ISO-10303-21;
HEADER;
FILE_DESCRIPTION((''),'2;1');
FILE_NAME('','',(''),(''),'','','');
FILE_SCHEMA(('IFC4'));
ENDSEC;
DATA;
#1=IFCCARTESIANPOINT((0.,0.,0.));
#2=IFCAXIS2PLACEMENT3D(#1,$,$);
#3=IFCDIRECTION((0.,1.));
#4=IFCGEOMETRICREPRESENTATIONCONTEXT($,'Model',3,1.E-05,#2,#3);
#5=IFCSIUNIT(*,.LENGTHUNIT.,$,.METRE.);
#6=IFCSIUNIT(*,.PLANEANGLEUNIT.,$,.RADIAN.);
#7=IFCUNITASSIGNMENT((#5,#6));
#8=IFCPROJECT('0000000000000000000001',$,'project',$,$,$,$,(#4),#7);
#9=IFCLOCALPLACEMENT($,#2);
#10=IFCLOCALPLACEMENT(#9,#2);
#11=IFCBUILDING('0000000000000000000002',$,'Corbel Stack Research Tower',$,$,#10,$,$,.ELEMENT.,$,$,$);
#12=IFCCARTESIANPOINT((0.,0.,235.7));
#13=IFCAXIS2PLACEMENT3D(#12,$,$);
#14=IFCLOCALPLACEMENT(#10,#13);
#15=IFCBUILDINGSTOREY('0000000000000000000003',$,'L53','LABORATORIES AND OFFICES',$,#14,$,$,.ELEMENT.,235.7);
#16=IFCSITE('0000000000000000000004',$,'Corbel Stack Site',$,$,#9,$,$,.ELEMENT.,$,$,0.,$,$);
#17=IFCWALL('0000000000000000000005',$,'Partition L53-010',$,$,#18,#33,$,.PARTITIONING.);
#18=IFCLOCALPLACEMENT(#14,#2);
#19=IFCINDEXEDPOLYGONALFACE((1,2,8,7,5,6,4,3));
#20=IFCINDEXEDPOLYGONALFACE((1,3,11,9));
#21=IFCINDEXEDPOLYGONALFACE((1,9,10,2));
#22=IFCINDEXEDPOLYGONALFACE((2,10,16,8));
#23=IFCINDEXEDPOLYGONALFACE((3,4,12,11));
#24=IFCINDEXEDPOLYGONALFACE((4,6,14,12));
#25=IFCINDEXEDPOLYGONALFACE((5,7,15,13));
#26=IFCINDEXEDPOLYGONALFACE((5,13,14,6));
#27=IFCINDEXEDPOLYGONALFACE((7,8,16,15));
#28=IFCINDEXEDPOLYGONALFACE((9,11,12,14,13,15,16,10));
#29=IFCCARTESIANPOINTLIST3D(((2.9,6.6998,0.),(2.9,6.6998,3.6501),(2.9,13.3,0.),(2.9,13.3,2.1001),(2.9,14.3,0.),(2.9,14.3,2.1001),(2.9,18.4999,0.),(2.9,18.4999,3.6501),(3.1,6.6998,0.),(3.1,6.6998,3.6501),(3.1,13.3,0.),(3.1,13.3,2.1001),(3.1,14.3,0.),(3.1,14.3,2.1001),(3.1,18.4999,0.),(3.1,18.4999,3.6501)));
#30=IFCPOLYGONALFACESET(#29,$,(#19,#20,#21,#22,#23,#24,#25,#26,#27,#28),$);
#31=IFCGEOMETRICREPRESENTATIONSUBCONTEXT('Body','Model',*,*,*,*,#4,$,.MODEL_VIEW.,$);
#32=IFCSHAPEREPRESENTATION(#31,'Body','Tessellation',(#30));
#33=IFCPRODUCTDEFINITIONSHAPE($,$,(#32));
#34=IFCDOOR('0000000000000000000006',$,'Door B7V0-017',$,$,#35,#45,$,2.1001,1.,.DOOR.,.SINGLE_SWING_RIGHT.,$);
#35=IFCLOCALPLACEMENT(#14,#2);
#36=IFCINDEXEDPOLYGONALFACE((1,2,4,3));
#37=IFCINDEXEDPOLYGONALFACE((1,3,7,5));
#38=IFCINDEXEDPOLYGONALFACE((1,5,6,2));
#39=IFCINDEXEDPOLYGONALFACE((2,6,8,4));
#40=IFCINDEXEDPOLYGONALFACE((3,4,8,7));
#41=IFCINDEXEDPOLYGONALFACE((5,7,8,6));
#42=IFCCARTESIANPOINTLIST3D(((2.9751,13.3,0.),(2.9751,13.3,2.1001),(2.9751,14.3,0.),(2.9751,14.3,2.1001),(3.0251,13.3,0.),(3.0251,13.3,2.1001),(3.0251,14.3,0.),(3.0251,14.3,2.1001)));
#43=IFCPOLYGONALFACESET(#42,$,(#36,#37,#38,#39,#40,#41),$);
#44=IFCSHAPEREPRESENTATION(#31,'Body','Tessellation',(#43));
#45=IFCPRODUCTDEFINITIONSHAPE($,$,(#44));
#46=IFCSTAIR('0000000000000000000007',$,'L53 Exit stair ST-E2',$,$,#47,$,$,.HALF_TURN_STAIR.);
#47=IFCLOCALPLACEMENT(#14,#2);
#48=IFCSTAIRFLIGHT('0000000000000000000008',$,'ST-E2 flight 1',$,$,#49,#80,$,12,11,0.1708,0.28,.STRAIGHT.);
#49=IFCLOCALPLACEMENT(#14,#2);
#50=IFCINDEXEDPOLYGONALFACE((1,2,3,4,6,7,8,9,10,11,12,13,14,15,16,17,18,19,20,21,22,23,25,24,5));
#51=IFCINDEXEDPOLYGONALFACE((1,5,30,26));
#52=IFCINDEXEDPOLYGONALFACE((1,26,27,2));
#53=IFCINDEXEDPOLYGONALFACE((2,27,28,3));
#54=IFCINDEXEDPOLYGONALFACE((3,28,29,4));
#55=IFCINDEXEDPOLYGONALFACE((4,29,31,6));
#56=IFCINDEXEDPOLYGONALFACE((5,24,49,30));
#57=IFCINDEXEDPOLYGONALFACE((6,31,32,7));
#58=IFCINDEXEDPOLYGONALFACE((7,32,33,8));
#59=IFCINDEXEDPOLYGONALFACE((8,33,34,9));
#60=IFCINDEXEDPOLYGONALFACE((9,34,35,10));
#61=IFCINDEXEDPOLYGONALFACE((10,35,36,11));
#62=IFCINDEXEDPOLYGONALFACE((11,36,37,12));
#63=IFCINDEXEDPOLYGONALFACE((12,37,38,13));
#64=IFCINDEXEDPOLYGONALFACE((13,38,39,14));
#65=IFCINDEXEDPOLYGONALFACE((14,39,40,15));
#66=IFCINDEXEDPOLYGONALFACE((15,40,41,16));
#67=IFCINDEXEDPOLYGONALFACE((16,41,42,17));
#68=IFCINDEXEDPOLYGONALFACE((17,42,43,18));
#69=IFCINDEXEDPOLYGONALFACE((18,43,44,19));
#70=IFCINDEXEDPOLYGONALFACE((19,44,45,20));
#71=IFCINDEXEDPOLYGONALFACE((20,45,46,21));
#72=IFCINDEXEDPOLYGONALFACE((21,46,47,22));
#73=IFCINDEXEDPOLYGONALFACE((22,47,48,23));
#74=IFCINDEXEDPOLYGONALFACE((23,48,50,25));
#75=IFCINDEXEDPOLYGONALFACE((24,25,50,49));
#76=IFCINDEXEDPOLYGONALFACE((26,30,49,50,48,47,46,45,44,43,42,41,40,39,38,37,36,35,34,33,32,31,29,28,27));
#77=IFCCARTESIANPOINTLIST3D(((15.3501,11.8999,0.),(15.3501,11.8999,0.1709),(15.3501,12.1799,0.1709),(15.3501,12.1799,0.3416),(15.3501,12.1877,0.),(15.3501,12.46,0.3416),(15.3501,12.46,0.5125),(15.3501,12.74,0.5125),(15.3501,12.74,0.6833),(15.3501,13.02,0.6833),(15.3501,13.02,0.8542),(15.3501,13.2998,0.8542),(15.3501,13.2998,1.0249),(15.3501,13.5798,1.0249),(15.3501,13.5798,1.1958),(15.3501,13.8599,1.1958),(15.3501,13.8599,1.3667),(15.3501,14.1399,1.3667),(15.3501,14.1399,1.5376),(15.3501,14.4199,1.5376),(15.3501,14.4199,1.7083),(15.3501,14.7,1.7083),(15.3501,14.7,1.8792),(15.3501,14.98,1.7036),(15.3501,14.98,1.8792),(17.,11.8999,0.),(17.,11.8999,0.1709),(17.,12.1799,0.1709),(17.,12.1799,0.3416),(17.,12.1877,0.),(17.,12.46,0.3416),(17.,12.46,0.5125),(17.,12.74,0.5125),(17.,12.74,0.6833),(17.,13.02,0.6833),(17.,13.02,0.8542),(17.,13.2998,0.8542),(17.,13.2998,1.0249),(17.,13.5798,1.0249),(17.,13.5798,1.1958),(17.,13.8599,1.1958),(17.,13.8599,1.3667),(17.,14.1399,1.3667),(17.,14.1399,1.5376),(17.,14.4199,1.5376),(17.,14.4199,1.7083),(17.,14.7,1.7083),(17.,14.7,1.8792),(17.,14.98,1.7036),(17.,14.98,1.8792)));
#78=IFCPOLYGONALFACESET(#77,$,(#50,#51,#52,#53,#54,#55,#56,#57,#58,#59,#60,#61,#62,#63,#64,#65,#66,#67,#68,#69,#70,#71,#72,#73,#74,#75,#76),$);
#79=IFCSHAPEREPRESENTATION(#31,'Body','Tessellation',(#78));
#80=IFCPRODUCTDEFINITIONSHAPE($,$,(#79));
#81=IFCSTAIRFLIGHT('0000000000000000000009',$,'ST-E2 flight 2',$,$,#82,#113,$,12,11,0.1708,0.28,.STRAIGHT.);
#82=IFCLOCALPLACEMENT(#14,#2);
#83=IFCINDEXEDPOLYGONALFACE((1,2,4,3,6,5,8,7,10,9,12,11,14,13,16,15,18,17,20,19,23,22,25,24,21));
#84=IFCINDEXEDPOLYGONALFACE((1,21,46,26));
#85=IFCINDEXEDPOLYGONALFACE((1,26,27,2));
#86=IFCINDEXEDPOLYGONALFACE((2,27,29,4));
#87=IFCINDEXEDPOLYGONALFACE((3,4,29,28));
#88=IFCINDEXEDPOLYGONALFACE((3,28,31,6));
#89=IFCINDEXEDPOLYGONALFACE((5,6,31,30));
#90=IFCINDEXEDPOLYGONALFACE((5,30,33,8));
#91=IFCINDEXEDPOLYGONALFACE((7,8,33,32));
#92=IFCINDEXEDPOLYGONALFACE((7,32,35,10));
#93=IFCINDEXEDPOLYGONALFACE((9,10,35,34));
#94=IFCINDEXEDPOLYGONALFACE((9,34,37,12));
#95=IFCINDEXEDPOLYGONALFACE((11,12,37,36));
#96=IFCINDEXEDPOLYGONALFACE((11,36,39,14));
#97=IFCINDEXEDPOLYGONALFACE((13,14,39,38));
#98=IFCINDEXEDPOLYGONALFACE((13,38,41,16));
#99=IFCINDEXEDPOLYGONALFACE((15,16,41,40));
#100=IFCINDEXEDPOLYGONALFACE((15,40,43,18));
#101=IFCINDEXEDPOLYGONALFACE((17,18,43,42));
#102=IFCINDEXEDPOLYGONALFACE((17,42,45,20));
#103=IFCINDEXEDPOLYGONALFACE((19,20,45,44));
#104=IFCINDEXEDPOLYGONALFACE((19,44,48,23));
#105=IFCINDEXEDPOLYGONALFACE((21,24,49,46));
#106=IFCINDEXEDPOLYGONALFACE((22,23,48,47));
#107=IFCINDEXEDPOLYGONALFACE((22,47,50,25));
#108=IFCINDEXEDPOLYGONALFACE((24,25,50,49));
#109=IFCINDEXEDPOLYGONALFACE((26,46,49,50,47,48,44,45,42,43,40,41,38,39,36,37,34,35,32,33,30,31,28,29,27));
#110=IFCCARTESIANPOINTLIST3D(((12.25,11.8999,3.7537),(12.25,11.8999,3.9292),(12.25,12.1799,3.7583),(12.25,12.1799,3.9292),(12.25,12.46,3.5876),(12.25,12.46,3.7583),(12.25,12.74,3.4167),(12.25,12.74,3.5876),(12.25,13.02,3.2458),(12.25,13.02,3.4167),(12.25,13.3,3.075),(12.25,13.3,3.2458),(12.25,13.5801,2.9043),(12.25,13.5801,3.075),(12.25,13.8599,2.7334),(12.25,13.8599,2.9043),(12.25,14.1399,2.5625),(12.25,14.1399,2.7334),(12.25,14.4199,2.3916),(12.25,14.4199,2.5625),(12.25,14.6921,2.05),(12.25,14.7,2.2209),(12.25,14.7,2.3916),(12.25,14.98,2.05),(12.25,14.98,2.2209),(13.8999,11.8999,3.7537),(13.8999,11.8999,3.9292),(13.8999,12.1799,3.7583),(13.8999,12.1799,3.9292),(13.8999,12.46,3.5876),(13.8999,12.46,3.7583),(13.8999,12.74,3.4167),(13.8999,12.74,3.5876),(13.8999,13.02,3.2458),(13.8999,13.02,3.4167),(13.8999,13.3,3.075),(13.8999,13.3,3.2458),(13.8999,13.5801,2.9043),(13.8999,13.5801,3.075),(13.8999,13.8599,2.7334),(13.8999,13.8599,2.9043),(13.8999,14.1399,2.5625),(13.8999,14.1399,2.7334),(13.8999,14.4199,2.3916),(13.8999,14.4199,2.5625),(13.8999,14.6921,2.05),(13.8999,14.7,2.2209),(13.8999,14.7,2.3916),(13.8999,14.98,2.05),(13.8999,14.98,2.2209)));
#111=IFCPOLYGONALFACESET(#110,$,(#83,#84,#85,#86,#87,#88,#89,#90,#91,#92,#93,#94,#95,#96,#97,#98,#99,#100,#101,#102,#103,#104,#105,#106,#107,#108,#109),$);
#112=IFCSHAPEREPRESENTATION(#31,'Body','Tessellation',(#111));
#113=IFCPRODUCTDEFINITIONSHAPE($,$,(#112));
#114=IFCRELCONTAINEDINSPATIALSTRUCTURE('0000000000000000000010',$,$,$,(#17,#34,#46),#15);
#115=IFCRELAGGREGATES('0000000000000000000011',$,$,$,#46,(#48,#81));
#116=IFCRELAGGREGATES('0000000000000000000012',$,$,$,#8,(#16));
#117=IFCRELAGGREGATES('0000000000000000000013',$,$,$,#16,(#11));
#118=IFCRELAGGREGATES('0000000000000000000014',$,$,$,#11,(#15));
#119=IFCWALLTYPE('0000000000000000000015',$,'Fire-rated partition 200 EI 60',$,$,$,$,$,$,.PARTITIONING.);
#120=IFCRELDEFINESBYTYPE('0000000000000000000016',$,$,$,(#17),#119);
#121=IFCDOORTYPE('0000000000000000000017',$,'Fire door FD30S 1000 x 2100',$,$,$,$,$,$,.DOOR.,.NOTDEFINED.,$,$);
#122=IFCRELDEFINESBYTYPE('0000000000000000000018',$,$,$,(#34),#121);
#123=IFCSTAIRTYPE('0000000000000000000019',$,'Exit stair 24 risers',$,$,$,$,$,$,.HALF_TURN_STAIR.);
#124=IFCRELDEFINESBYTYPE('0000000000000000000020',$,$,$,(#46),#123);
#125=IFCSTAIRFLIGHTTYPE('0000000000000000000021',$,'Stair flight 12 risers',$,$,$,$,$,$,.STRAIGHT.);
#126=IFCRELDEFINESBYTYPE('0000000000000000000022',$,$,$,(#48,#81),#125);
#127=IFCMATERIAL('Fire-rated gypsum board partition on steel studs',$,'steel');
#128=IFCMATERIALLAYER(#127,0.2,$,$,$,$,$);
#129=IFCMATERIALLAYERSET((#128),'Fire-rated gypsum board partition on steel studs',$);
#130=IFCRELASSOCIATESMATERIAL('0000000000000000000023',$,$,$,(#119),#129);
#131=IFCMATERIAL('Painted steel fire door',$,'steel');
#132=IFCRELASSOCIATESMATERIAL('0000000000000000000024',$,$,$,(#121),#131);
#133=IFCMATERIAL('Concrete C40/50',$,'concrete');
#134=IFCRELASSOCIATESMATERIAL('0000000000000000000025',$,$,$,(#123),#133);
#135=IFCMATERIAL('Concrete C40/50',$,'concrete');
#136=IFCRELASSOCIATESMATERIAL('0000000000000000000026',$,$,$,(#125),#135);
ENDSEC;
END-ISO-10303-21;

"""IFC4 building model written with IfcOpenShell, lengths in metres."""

from ifc_helpers import new_model, si_unit, direction, frame, frame_2d, origin, place, context, subcontext, project, spatial, polyline, rectangle, outline, extrude, material, layer, layer_set, type_object, element, fill, aggregate, save


model = new_model("IFC4")

# Units and contexts
model_context = context("Model", 3, precision=1e-05, world=origin(), true_north=direction((0.0, 1.0)))
body_context = subcontext(model_context, "Body", "Model", "MODEL_VIEW")
ifc_project = project(units=[si_unit("LENGTHUNIT", "METRE"), si_unit("PLANEANGLEUNIT", "RADIAN")], contexts=[model_context])

# Site, building, storey
site_placement = place(None, origin())
site = spatial("IfcSite", under=ifc_project, at=site_placement, Name="Corbel Stack Site", CompositionType="ELEMENT", RefElevation=0.0)
building_placement = place(site_placement, origin())
building = spatial("IfcBuilding", under=site, at=building_placement, Name="Corbel Stack Research Tower", CompositionType="ELEMENT")
storey_placement = place(building_placement, frame((0.0, 0.0, 235.7)))
storey = spatial("IfcBuildingStorey", under=building, at=storey_placement, Name="L53", Description="LABORATORIES AND OFFICES", CompositionType="ELEMENT", Elevation=235.7)

# Wall, opening, door
ifc_material_1 = material(Name="Fire-rated gypsum board partition on steel studs", Category="steel")
ifc_layer_1 = layer(ifc_material_1, 0.2)
ifc_layer_set_1 = layer_set([ifc_layer_1], Name="Fire-rated gypsum board partition on steel studs")
wall_type_1 = type_object("IfcWallType", Name="Fire-rated partition 200 EI 60", PredefinedType="PARTITIONING", material=ifc_layer_set_1)
wall_1_placement = place(storey_placement, frame((3.0, 6.7, 0.0), z_axis=(0.0, 0.0, 1.0), x_axis=(0.0, 1.0, 0.0)))
wall_1 = element("IfcWall", 1, at=wall_1_placement, inside=storey, type_object=wall_type_1, Name="Partition L53-010", PredefinedType="PARTITIONING", context=body_context, shape_type="SweptSolid", body=[
    extrude(rectangle(XDim=11.8, YDim=0.2, at=frame_2d((5.8999, 0.0))), origin(), (0.0, 0.0, 1.0), 3.6501),
])
opening_1_placement = place(wall_1_placement, frame((6.6001, 0.0, 0.0)))
opening_1 = element("IfcOpeningElement", 2, at=opening_1_placement, cuts=wall_1, PredefinedType="OPENING", context=body_context, shape_type="SweptSolid", body=[
    extrude(rectangle(XDim=1.0, YDim=2.1001, at=frame_2d((0.5, 1.05))), frame((0.0, 0.1099, 0.0), z_axis=(0.0, -1.0, 0.0), x_axis=(1.0, 0.0, 0.0)), (0.0, 0.0, 1.0), 0.22),
])
ifc_material_2 = material(Name="Painted steel fire door", Category="steel")
door_type_1 = type_object("IfcDoorType", Name="Fire door FD30S 1000 x 2100", OperationType="NOTDEFINED", PredefinedType="DOOR", material=ifc_material_2)
door_1_placement = place(opening_1_placement, origin())
door_1 = element("IfcDoor", 3, at=door_1_placement, inside=storey, type_object=door_type_1, Name="Door B7V0-017", OperationType="SINGLE_SWING_RIGHT", OverallHeight=2.1001, OverallWidth=1.0, PredefinedType="DOOR", context=body_context, shape_type="SweptSolid", body=[
    extrude(rectangle(XDim=1.0, YDim=2.1001, at=frame_2d((0.5, 1.05))), frame((0.0, 0.0249, 0.0), z_axis=(0.0, -1.0, 0.0), x_axis=(1.0, 0.0, 0.0)), (0.0, 0.0, 1.0), 0.05),
])
fill(opening_1, door_1)

# Stair, stair flights
ifc_material_3 = material(Name="Concrete C40/50", Category="concrete")
stair_type = type_object("IfcStairType", Name="Exit stair 24 risers", PredefinedType="HALF_TURN_STAIR", material=ifc_material_3)
stair_placement = place(storey_placement, origin())
stair = element("IfcStair", 4, at=stair_placement, inside=storey, type_object=stair_type, Name="L53 Exit stair ST-E2", PredefinedType="HALF_TURN_STAIR")
ifc_material_4 = material(Name="Concrete C40/50", Category="concrete")
stair_flight_type = type_object("IfcStairFlightType", Name="Stair flight 12 risers", PredefinedType="STRAIGHT", material=ifc_material_4)
stair_flight_1_placement = place(storey_placement, frame((16.175, 11.8999, 0.0), z_axis=(0.0, 0.0, 1.0), x_axis=(0.0, 1.0, 0.0)))
stair_flight_1 = element("IfcStairFlight", 5, at=stair_flight_1_placement, type_object=stair_flight_type, Name="ST-E2 flight 1", NumberOfRisers=12, NumberOfTreads=11, PredefinedType="STRAIGHT", RiserHeight=0.1708, TreadLength=0.28, context=body_context, shape_type="SweptSolid", body=[
    extrude(outline(polyline([(0.0, 0.0), (0.0, 0.1709), (0.28, 0.1709), (0.28, 0.3416), (0.5601, 0.3416), (0.5601, 0.5125), (0.8401, 0.5125), (0.8401, 0.6833), (1.1201, 0.6833), (1.1201, 0.8542), (1.3999, 0.8542), (1.3999, 1.0249), (1.6799, 1.0249), (1.6799, 1.1958), (1.96, 1.1958), (1.96, 1.3667), (2.24, 1.3667), (2.24, 1.5376), (2.52, 1.5376), (2.52, 1.7083), (2.8, 1.7083), (2.8, 1.8792), (3.0801, 1.8792), (3.0801, 2.05), (3.0801, 1.7036), (0.2878, 0.0), (0.0, 0.0)])), frame((0.0, 0.825, 0.0), z_axis=(0.0, -1.0, 0.0), x_axis=(1.0, 0.0, 0.0)), (0.0, 0.0, 1.0), 1.6499),
])
stair_flight_2_placement = place(storey_placement, frame((13.075, 14.98, 2.05), z_axis=(0.0, 0.0, 1.0), x_axis=(0.0, -1.0, 0.0)))
stair_flight_2 = element("IfcStairFlight", 6, at=stair_flight_2_placement, type_object=stair_flight_type, Name="ST-E2 flight 2", NumberOfRisers=12, NumberOfTreads=11, PredefinedType="STRAIGHT", RiserHeight=0.1708, TreadLength=0.28, context=body_context, shape_type="SweptSolid", body=[
    extrude(outline(polyline([(0.0, 0.0), (0.0, 0.1709), (0.28, 0.1709), (0.28, 0.3416), (0.5601, 0.3416), (0.5601, 0.5125), (0.8401, 0.5125), (0.8401, 0.6833), (1.1201, 0.6833), (1.1201, 0.8542), (1.3999, 0.8542), (1.3999, 1.0249), (1.6799, 1.0249), (1.6799, 1.1958), (1.96, 1.1958), (1.96, 1.3667), (2.24, 1.3667), (2.24, 1.5376), (2.52, 1.5376), (2.52, 1.7083), (2.8, 1.7083), (2.8, 1.8792), (3.0801, 1.8792), (3.0801, 2.05), (3.0801, 1.7036), (0.2878, 0.0), (0.0, 0.0)])), frame((0.0, 0.825, 0.0), z_axis=(0.0, -1.0, 0.0), x_axis=(1.0, 0.0, 0.0)), (0.0, 0.0, 1.0), 1.6499),
])
aggregate(stair, [stair_flight_1, stair_flight_2])

save(model, "model.ifc")
